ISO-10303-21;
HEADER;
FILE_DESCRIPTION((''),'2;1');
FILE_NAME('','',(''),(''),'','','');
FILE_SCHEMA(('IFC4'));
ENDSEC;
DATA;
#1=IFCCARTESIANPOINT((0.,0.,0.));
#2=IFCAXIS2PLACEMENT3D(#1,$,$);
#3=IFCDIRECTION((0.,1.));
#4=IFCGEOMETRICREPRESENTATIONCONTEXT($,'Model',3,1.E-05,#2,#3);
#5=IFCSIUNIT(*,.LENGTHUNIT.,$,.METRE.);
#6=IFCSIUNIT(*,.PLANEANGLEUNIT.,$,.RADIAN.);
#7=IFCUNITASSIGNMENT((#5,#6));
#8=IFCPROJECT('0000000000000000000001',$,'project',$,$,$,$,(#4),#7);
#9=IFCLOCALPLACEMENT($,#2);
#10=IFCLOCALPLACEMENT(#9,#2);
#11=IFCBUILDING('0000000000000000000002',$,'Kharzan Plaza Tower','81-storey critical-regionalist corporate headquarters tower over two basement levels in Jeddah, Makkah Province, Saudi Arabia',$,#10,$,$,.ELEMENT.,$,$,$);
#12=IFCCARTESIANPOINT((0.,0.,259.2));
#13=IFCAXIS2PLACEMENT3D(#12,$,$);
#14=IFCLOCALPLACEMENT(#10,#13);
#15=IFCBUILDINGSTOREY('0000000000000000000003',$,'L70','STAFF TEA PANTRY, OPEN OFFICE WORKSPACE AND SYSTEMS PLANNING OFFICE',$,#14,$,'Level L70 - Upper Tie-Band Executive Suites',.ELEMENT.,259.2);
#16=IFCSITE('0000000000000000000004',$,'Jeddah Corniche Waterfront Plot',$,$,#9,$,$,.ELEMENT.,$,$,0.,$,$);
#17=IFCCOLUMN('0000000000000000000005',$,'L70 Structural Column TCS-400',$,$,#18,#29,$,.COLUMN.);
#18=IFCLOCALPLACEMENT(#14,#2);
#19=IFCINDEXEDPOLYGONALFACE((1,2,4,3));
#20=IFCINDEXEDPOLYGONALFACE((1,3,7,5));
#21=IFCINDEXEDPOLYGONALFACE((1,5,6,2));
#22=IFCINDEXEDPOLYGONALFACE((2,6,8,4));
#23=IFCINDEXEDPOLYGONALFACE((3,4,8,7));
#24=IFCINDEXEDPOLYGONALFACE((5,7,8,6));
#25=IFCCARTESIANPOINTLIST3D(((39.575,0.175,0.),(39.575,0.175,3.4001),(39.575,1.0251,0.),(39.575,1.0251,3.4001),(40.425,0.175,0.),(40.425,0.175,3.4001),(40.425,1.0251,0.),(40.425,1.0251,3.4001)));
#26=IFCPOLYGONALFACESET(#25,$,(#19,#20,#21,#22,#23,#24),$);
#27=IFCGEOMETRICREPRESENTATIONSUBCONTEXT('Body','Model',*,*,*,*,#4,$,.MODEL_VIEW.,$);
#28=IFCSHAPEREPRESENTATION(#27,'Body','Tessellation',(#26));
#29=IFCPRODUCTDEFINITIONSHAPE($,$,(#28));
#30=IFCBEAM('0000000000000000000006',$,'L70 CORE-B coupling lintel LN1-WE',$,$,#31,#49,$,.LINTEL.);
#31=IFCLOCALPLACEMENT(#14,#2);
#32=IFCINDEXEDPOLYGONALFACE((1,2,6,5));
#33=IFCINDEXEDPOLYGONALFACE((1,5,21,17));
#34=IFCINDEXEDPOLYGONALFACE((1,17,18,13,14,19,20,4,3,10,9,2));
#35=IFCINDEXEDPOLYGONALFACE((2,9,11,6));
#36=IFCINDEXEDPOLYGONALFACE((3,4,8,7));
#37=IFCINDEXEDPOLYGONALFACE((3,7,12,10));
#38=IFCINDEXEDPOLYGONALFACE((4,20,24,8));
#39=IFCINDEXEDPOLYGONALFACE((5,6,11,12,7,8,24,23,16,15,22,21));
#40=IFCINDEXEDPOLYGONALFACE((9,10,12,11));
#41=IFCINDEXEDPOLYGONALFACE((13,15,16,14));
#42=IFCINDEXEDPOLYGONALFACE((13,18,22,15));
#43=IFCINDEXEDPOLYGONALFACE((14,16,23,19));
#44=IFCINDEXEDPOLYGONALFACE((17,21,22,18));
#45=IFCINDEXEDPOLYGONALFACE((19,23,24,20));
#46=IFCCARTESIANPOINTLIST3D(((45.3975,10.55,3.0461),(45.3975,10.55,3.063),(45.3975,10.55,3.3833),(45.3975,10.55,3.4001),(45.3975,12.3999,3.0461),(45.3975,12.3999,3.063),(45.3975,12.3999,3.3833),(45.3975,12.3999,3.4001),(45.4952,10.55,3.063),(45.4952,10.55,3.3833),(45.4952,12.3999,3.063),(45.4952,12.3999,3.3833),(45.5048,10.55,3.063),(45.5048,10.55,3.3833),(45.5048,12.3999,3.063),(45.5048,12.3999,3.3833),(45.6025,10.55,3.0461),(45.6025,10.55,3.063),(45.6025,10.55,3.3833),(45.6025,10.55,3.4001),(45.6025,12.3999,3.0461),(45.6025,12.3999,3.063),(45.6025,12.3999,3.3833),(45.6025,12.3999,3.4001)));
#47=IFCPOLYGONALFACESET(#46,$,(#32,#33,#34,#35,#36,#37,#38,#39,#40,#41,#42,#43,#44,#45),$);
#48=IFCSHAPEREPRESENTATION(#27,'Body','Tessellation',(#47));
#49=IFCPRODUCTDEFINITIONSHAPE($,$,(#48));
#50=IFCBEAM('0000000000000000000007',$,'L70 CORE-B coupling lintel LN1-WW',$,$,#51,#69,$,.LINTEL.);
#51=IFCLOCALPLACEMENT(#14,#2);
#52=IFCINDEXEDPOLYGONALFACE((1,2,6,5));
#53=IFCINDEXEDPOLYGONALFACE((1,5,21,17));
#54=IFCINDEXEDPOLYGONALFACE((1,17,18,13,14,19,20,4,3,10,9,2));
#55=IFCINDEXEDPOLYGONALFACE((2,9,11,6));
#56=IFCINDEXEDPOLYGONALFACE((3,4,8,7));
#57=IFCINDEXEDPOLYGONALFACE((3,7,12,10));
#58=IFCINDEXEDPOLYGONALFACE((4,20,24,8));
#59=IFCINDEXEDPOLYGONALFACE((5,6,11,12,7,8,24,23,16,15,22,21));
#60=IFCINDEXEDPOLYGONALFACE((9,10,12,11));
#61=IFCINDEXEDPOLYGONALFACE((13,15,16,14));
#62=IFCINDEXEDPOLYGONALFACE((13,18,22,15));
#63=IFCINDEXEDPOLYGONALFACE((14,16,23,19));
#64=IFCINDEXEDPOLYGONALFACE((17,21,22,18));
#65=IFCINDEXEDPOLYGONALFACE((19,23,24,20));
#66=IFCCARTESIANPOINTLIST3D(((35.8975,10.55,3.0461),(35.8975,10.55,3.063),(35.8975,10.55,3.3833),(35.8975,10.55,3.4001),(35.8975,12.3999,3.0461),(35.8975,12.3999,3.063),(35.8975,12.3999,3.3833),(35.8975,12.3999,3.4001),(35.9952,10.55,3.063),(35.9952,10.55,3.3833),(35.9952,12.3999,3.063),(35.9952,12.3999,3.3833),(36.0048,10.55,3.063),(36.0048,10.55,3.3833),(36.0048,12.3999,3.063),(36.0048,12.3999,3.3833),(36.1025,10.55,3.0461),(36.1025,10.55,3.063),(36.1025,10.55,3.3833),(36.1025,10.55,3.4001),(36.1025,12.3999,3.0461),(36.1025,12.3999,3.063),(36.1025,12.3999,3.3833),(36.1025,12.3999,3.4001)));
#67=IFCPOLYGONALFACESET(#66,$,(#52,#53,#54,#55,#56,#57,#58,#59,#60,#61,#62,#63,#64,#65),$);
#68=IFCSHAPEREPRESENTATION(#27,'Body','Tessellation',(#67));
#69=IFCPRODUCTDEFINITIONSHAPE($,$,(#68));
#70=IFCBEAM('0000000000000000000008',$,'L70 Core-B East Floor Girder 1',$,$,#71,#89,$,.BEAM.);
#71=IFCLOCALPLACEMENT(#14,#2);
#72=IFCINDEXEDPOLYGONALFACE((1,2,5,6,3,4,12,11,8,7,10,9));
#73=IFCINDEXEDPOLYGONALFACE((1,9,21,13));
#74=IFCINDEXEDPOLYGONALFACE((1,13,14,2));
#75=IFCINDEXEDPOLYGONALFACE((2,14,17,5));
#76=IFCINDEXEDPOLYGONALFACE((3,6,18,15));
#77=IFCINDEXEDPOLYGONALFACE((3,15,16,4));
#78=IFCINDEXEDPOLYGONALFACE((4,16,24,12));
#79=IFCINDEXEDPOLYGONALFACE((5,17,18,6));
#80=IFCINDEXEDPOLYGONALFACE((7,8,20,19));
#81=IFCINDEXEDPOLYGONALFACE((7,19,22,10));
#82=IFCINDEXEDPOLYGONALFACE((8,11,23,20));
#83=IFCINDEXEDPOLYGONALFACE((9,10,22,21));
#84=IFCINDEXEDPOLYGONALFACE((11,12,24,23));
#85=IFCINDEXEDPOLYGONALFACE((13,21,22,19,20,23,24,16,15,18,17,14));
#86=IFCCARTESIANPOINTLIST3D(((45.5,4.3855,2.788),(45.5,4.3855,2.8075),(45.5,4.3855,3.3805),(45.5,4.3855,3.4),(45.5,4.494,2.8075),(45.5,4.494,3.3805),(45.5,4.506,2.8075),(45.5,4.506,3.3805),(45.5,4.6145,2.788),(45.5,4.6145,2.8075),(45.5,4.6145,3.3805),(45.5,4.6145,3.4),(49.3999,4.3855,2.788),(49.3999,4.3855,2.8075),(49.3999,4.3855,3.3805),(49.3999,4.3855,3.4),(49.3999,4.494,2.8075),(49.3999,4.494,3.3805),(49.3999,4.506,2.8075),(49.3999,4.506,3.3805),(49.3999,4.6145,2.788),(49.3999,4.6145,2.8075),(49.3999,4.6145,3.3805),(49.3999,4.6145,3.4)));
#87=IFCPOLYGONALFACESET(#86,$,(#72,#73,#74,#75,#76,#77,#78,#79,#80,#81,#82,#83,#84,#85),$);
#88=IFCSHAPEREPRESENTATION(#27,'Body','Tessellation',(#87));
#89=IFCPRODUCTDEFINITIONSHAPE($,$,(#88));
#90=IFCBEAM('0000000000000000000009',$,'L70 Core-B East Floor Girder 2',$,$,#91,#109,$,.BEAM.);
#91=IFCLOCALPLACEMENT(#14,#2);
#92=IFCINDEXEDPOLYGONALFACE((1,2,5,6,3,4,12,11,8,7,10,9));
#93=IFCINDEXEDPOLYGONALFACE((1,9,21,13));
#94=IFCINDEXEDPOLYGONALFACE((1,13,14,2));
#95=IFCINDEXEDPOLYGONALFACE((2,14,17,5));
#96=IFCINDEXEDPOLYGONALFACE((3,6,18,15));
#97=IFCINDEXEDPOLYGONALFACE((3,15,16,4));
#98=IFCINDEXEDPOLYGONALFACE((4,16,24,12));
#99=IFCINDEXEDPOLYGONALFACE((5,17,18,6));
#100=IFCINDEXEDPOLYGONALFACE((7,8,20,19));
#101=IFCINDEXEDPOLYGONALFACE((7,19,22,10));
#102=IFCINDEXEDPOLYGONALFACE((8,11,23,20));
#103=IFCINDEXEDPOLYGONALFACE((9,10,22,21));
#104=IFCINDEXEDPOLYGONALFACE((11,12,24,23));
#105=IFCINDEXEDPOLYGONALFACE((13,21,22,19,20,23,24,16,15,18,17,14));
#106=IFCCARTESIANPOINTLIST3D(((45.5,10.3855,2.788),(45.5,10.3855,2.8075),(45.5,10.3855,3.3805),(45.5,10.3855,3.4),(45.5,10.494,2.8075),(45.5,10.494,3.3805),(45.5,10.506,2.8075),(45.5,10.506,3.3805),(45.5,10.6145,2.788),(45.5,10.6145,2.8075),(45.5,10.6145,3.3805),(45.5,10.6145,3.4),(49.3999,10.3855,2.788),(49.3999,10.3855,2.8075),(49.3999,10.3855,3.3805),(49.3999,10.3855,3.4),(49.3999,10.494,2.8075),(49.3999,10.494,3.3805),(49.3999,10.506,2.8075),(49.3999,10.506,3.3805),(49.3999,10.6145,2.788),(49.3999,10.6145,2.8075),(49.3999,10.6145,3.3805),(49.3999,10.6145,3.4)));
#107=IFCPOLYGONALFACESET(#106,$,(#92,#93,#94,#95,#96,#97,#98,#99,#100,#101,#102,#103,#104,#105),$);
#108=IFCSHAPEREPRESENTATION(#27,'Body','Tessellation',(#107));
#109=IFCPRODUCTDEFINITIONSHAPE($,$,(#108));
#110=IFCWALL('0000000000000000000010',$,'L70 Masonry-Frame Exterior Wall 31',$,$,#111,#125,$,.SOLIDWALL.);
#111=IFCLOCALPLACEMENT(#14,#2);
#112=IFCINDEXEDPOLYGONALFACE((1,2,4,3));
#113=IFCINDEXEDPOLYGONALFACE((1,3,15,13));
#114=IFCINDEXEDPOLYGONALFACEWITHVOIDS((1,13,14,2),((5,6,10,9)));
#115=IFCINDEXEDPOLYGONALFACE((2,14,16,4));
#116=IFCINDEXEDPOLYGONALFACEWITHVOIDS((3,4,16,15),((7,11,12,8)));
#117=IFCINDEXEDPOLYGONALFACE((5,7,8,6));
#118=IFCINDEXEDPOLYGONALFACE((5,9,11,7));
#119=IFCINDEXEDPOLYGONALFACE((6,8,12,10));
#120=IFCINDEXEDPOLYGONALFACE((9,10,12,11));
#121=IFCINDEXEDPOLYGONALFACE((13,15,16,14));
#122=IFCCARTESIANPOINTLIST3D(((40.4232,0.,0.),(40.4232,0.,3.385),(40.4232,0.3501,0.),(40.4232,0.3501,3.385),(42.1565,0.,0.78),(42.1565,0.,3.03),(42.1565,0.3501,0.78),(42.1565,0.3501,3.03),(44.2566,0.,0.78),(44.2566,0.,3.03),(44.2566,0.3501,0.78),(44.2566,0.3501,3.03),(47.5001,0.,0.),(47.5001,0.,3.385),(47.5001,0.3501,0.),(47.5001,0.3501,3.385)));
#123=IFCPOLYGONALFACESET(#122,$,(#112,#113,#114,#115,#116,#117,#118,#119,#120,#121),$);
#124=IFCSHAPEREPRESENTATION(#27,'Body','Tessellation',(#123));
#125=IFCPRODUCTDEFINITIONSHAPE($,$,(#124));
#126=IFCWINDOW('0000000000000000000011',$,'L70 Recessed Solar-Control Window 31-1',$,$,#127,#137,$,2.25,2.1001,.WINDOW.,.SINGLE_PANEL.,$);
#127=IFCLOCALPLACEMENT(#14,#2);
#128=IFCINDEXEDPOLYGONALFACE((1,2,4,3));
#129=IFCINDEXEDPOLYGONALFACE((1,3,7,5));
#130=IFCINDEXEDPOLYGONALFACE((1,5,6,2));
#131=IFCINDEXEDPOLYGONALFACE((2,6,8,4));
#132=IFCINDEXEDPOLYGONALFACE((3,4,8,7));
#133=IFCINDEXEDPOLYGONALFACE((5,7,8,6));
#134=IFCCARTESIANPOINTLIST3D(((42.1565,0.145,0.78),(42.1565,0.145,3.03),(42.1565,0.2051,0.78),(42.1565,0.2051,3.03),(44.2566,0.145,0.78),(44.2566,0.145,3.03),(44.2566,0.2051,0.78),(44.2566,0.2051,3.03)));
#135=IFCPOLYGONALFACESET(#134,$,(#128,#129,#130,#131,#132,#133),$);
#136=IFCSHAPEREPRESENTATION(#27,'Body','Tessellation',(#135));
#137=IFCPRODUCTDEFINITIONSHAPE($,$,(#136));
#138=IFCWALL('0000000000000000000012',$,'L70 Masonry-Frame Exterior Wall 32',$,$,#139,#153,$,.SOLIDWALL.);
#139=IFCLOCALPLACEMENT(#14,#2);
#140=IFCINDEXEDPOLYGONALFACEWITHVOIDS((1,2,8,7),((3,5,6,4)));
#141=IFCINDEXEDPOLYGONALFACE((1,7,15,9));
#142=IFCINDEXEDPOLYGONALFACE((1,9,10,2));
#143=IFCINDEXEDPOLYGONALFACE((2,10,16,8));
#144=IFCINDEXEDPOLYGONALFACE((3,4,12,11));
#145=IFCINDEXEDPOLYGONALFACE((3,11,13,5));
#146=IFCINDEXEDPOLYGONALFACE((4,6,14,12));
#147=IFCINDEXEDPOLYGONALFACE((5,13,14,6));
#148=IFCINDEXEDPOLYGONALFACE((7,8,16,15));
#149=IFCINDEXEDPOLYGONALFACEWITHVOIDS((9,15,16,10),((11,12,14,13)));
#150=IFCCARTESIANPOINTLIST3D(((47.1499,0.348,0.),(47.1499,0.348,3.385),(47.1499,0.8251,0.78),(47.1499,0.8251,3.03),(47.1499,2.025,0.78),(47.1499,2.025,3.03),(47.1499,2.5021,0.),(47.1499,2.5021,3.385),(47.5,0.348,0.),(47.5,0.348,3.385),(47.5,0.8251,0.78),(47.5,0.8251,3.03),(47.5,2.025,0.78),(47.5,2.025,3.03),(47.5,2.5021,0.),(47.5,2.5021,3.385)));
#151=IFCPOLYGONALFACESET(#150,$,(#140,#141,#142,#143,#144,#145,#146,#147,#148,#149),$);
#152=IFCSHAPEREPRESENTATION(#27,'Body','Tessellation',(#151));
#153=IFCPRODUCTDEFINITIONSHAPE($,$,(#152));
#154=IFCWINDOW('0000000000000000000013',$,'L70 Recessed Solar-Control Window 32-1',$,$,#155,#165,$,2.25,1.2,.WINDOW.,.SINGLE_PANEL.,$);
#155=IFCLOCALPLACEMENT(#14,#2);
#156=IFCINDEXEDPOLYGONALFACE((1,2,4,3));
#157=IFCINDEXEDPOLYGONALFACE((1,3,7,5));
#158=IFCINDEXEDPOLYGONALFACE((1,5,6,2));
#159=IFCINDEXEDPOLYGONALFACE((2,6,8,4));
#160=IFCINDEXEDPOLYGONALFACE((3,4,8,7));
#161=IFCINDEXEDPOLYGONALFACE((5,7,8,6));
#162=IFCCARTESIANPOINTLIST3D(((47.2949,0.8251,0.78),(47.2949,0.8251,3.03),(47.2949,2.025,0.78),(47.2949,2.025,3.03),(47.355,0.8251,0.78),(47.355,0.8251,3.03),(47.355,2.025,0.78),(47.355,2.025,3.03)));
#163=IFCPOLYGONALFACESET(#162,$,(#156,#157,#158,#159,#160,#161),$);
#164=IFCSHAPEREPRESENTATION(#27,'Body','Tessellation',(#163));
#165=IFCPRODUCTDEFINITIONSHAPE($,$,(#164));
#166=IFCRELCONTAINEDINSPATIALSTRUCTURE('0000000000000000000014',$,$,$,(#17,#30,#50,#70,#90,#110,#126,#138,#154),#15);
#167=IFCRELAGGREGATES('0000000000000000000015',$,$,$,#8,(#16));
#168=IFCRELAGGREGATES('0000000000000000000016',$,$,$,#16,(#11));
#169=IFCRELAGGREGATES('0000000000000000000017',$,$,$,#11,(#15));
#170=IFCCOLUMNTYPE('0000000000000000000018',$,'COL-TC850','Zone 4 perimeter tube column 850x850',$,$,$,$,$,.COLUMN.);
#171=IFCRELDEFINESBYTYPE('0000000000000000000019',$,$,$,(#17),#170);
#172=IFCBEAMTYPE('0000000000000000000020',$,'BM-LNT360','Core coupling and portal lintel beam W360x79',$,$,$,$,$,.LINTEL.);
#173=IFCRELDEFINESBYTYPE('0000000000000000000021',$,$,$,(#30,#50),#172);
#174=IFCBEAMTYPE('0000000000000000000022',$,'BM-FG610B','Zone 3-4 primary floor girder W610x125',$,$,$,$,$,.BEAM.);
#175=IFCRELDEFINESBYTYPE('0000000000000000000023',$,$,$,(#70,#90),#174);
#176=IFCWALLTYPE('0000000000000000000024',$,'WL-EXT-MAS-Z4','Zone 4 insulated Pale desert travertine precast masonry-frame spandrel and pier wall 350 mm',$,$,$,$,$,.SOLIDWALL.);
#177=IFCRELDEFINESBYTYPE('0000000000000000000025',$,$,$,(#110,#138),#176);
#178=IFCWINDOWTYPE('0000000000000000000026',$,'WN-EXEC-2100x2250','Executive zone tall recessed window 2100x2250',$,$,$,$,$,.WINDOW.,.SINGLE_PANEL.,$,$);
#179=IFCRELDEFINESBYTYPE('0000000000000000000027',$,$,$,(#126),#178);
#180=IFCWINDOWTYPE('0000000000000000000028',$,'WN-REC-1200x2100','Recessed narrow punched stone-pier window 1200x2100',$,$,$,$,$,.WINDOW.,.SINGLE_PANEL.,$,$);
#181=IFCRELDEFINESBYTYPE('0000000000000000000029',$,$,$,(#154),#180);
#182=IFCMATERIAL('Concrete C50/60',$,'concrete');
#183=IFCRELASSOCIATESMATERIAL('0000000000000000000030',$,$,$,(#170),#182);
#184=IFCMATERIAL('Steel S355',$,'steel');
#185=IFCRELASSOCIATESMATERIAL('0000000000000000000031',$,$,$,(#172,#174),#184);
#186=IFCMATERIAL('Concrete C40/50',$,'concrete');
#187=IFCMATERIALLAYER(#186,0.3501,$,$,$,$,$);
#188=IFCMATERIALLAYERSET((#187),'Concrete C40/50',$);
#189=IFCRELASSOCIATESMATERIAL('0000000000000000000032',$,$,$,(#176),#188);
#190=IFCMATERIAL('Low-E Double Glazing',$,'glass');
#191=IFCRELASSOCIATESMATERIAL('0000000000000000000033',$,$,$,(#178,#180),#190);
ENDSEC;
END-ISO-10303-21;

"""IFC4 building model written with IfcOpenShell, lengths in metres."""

from ifc_helpers import new_model, si_unit, direction, frame, frame_2d, origin, origin_2d, place, context, subcontext, project, spatial, rectangle, i_section, extrude, source, transform, mapped, material, layer, layer_set, material_profile, profile_set, type_object, element, fill, save


model = new_model("IFC4")

# Units and contexts
model_context = context("Model", 3, precision=1e-05, world=origin(), true_north=direction((0.0, 1.0)))
body_context = subcontext(model_context, "Body", "Model", "MODEL_VIEW")
ifc_project = project(units=[si_unit("LENGTHUNIT", "METRE"), si_unit("PLANEANGLEUNIT", "RADIAN")], contexts=[model_context])

# Site, building, storey
site_placement = place(None, origin())
site = spatial("IfcSite", under=ifc_project, at=site_placement, Name="Jeddah Corniche Waterfront Plot", CompositionType="ELEMENT", RefElevation=0.0)
building_placement = place(site_placement, origin())
building = spatial("IfcBuilding", under=site, at=building_placement, Name="Kharzan Plaza Tower", Description="81-storey critical-regionalist corporate headquarters tower over two basement levels in Jeddah, Makkah Province, Saudi Arabia", CompositionType="ELEMENT")
storey_placement = place(building_placement, frame((0.0, 0.0, 259.2)))
storey = spatial("IfcBuildingStorey", under=building, at=storey_placement, Name="L70", Description="STAFF TEA PANTRY, OPEN OFFICE WORKSPACE AND SYSTEMS PLANNING OFFICE", LongName="Level L70 - Upper Tie-Band Executive Suites", CompositionType="ELEMENT", Elevation=259.2)

# Column
ifc_material_1 = material(Name="Concrete C50/60", Category="concrete")
ifc_material_profile_1 = material_profile(ifc_material_1, rectangle(XDim=0.8501, YDim=0.8501, at=origin_2d()), Name="RC-TC850x850")
ifc_profile_set_1 = profile_set([ifc_material_profile_1], Name="Concrete C50/60")
column_type = type_object("IfcColumnType", Name="COL-TC850", Description="Zone 4 perimeter tube column 850x850", PredefinedType="COLUMN", material=ifc_profile_set_1)
shared_shape_1 = source(origin(), body_context, "Body", "SweptSolid", [
    extrude(rectangle(XDim=0.8501, YDim=0.8501, at=origin_2d()), origin(), (0.0, 0.0, 1.0), 3.4001),
])
column_placement = place(storey_placement, frame((40.0, 0.6001, 0.0), z_axis=(0.0, 0.0, 1.0), x_axis=(1.0, 0.0, 0.0)))
element("IfcColumn", 1, at=column_placement, inside=storey, type_object=column_type, Name="L70 Structural Column TCS-400", PredefinedType="COLUMN", context=body_context, shape_type="MappedRepresentation", body=[
    mapped(shared_shape_1, transform((0.0, 0.0, 0.0), x_axis=(1.0, 0.0, 0.0), y_axis=(0.0, 1.0, 0.0), z_axis=(0.0, 0.0, 1.0))),
])

# Beams
ifc_material_2 = material(Name="Steel S355", Category="steel")
ifc_material_profile_2 = material_profile(ifc_material_2, i_section(OverallWidth=0.2051, OverallDepth=0.354, WebThickness=0.0095, FlangeThickness=0.0168, at=origin_2d()), Name="W360x79")
ifc_profile_set_2 = profile_set([ifc_material_profile_2], Name="Steel S355")
beam_type_1 = type_object("IfcBeamType", Name="BM-LNT360", Description="Core coupling and portal lintel beam W360x79", PredefinedType="LINTEL", material=ifc_profile_set_2)
shared_shape_2 = source(origin(), body_context, "Body", "SweptSolid", [
    extrude(i_section(OverallWidth=0.2051, OverallDepth=0.354, WebThickness=0.0095, FlangeThickness=0.0168, at=origin_2d()), origin(), (0.0, 0.0, 1.0), 1.8499),
])
for number, where, z_axis, x_axis, name in (
    (2, (45.5, 10.55, 3.2231), (0.0, 1.0, 0.0), (-1.0, 0.0, 0.0), "L70 CORE-B coupling lintel LN1-WE"),
    (3, (36.0, 10.55, 3.2231), (0.0, 1.0, 0.0), (-1.0, 0.0, 0.0), "L70 CORE-B coupling lintel LN1-WW"),
):
    element("IfcBeam", number, at=place(storey_placement, frame(where, z_axis=z_axis, x_axis=x_axis)), inside=storey, type_object=beam_type_1, Name=name, PredefinedType="LINTEL", context=body_context, shape_type="MappedRepresentation", body=[
        mapped(shared_shape_2, transform((0.0, 0.0, 0.0), x_axis=(1.0, 0.0, 0.0), y_axis=(0.0, 1.0, 0.0), z_axis=(0.0, 0.0, 1.0))),
    ])
ifc_material_profile_3 = material_profile(ifc_material_2, i_section(OverallWidth=0.229, OverallDepth=0.6121, WebThickness=0.012, FlangeThickness=0.0195, at=origin_2d()), Name="W610x125")
ifc_profile_set_3 = profile_set([ifc_material_profile_3], Name="Steel S355")
beam_type_2 = type_object("IfcBeamType", Name="BM-FG610B", Description="Zone 3-4 primary floor girder W610x125", PredefinedType="BEAM", material=ifc_profile_set_3)
shared_shape_3 = source(origin(), body_context, "Body", "SweptSolid", [
    extrude(i_section(OverallWidth=0.229, OverallDepth=0.6121, WebThickness=0.012, FlangeThickness=0.0195, at=origin_2d()), origin(), (0.0, 0.0, 1.0), 3.8999),
])
for number, where, z_axis, x_axis, name in (
    (4, (45.5, 4.5, 3.094), (1.0, 0.0, 0.0), (0.0, 1.0, 0.0), "L70 Core-B East Floor Girder 1"),
    (5, (45.5, 10.5, 3.094), (1.0, 0.0, 0.0), (0.0, 1.0, 0.0), "L70 Core-B East Floor Girder 2"),
):
    element("IfcBeam", number, at=place(storey_placement, frame(where, z_axis=z_axis, x_axis=x_axis)), inside=storey, type_object=beam_type_2, Name=name, PredefinedType="BEAM", context=body_context, shape_type="MappedRepresentation", body=[
        mapped(shared_shape_3, transform((0.0, 0.0, 0.0), x_axis=(1.0, 0.0, 0.0), y_axis=(0.0, 1.0, 0.0), z_axis=(0.0, 0.0, 1.0))),
    ])

# Walls, openings, windows
ifc_material_3 = material(Name="Concrete C40/50", Category="concrete")
ifc_layer_1 = layer(ifc_material_3, 0.3501)
ifc_layer_set_1 = layer_set([ifc_layer_1], Name="Concrete C40/50")
wall_type_1 = type_object("IfcWallType", Name="WL-EXT-MAS-Z4", Description="Zone 4 insulated Pale desert travertine precast masonry-frame spandrel and pier wall 350 mm", PredefinedType="SOLIDWALL", material=ifc_layer_set_1)
wall_1_placement = place(storey_placement, frame((40.4231, 0.175, 0.0), z_axis=(0.0, 0.0, 1.0), x_axis=(1.0, 0.0, 0.0)))
wall_1 = element("IfcWall", 6, at=wall_1_placement, inside=storey, type_object=wall_type_1, Name="L70 Masonry-Frame Exterior Wall 31", PredefinedType="SOLIDWALL", context=body_context, shape_type="SweptSolid", body=[
    extrude(rectangle(XDim=7.0769, YDim=0.3501, at=frame_2d((3.5386, 0.0))), origin(), (0.0, 0.0, 1.0), 3.385),
])
opening_1_placement = place(wall_1_placement, frame((1.7334, 0.0, 0.78)))
opening_1 = element("IfcOpeningElement", 7, at=opening_1_placement, cuts=wall_1, PredefinedType="OPENING", context=body_context, shape_type="SweptSolid", body=[
    extrude(rectangle(XDim=2.1001, YDim=2.25, at=frame_2d((1.05, 1.125))), frame((0.0, 0.1851, 0.0), z_axis=(0.0, -1.0, 0.0), x_axis=(1.0, 0.0, 0.0)), (0.0, 0.0, 1.0), 0.3701),
])
ifc_material_4 = material(Name="Low-E Double Glazing", Category="glass")
window_type_1 = type_object("IfcWindowType", Name="WN-EXEC-2100x2250", Description="Executive zone tall recessed window 2100x2250", PartitioningType="SINGLE_PANEL", PredefinedType="WINDOW", material=ifc_material_4)
shared_shape_4 = source(origin(), body_context, "Body", "SweptSolid", [
    extrude(rectangle(XDim=2.1001, YDim=2.25, at=frame_2d((1.05, 1.125))), frame((0.0, 0.03, 0.0), z_axis=(0.0, -1.0, 0.0), x_axis=(1.0, 0.0, 0.0)), (0.0, 0.0, 1.0), 0.0601),
])
window_1_placement = place(opening_1_placement, origin())
window_1 = element("IfcWindow", 8, at=window_1_placement, inside=storey, type_object=window_type_1, Name="L70 Recessed Solar-Control Window 31-1", OverallHeight=2.25, OverallWidth=2.1001, PartitioningType="SINGLE_PANEL", PredefinedType="WINDOW", context=body_context, shape_type="MappedRepresentation", body=[
    mapped(shared_shape_4, transform((0.0, 0.0, 0.0), x_axis=(1.0, 0.0, 0.0), y_axis=(0.0, 1.0, 0.0), z_axis=(0.0, 0.0, 1.0))),
])
fill(opening_1, window_1)
wall_2_placement = place(storey_placement, frame((47.325, 0.3479, 0.0), z_axis=(0.0, 0.0, 1.0), x_axis=(0.0, 1.0, 0.0)))
wall_2 = element("IfcWall", 9, at=wall_2_placement, inside=storey, type_object=wall_type_1, Name="L70 Masonry-Frame Exterior Wall 32", PredefinedType="SOLIDWALL", context=body_context, shape_type="SweptSolid", body=[
    extrude(rectangle(XDim=2.1541, YDim=0.3501, at=frame_2d((1.0771, 0.0))), origin(), (0.0, 0.0, 1.0), 3.385),
])
opening_2_placement = place(wall_2_placement, frame((0.4771, 0.0, 0.78)))
opening_2 = element("IfcOpeningElement", 10, at=opening_2_placement, cuts=wall_2, PredefinedType="OPENING", context=body_context, shape_type="SweptSolid", body=[
    extrude(rectangle(XDim=1.2, YDim=2.25, at=frame_2d((0.6001, 1.125))), frame((0.0, 0.1851, 0.0), z_axis=(0.0, -1.0, 0.0), x_axis=(1.0, 0.0, 0.0)), (0.0, 0.0, 1.0), 0.3701),
])
window_type_2 = type_object("IfcWindowType", Name="WN-REC-1200x2100", Description="Recessed narrow punched stone-pier window 1200x2100", PartitioningType="SINGLE_PANEL", PredefinedType="WINDOW", material=ifc_material_4)
shared_shape_5 = source(origin(), body_context, "Body", "SweptSolid", [
    extrude(rectangle(XDim=1.2, YDim=2.25, at=frame_2d((0.6001, 1.125))), frame((0.0, 0.03, 0.0), z_axis=(0.0, -1.0, 0.0), x_axis=(1.0, 0.0, 0.0)), (0.0, 0.0, 1.0), 0.0601),
])
window_2_placement = place(opening_2_placement, origin())
window_2 = element("IfcWindow", 11, at=window_2_placement, inside=storey, type_object=window_type_2, Name="L70 Recessed Solar-Control Window 32-1", OverallHeight=2.25, OverallWidth=1.2, PartitioningType="SINGLE_PANEL", PredefinedType="WINDOW", context=body_context, shape_type="MappedRepresentation", body=[
    mapped(shared_shape_5, transform((0.0, 0.0, 0.0), x_axis=(1.0, 0.0, 0.0), y_axis=(0.0, 1.0, 0.0), z_axis=(0.0, 0.0, 1.0))),
])
fill(opening_2, window_2)

save(model, "model.ifc")
